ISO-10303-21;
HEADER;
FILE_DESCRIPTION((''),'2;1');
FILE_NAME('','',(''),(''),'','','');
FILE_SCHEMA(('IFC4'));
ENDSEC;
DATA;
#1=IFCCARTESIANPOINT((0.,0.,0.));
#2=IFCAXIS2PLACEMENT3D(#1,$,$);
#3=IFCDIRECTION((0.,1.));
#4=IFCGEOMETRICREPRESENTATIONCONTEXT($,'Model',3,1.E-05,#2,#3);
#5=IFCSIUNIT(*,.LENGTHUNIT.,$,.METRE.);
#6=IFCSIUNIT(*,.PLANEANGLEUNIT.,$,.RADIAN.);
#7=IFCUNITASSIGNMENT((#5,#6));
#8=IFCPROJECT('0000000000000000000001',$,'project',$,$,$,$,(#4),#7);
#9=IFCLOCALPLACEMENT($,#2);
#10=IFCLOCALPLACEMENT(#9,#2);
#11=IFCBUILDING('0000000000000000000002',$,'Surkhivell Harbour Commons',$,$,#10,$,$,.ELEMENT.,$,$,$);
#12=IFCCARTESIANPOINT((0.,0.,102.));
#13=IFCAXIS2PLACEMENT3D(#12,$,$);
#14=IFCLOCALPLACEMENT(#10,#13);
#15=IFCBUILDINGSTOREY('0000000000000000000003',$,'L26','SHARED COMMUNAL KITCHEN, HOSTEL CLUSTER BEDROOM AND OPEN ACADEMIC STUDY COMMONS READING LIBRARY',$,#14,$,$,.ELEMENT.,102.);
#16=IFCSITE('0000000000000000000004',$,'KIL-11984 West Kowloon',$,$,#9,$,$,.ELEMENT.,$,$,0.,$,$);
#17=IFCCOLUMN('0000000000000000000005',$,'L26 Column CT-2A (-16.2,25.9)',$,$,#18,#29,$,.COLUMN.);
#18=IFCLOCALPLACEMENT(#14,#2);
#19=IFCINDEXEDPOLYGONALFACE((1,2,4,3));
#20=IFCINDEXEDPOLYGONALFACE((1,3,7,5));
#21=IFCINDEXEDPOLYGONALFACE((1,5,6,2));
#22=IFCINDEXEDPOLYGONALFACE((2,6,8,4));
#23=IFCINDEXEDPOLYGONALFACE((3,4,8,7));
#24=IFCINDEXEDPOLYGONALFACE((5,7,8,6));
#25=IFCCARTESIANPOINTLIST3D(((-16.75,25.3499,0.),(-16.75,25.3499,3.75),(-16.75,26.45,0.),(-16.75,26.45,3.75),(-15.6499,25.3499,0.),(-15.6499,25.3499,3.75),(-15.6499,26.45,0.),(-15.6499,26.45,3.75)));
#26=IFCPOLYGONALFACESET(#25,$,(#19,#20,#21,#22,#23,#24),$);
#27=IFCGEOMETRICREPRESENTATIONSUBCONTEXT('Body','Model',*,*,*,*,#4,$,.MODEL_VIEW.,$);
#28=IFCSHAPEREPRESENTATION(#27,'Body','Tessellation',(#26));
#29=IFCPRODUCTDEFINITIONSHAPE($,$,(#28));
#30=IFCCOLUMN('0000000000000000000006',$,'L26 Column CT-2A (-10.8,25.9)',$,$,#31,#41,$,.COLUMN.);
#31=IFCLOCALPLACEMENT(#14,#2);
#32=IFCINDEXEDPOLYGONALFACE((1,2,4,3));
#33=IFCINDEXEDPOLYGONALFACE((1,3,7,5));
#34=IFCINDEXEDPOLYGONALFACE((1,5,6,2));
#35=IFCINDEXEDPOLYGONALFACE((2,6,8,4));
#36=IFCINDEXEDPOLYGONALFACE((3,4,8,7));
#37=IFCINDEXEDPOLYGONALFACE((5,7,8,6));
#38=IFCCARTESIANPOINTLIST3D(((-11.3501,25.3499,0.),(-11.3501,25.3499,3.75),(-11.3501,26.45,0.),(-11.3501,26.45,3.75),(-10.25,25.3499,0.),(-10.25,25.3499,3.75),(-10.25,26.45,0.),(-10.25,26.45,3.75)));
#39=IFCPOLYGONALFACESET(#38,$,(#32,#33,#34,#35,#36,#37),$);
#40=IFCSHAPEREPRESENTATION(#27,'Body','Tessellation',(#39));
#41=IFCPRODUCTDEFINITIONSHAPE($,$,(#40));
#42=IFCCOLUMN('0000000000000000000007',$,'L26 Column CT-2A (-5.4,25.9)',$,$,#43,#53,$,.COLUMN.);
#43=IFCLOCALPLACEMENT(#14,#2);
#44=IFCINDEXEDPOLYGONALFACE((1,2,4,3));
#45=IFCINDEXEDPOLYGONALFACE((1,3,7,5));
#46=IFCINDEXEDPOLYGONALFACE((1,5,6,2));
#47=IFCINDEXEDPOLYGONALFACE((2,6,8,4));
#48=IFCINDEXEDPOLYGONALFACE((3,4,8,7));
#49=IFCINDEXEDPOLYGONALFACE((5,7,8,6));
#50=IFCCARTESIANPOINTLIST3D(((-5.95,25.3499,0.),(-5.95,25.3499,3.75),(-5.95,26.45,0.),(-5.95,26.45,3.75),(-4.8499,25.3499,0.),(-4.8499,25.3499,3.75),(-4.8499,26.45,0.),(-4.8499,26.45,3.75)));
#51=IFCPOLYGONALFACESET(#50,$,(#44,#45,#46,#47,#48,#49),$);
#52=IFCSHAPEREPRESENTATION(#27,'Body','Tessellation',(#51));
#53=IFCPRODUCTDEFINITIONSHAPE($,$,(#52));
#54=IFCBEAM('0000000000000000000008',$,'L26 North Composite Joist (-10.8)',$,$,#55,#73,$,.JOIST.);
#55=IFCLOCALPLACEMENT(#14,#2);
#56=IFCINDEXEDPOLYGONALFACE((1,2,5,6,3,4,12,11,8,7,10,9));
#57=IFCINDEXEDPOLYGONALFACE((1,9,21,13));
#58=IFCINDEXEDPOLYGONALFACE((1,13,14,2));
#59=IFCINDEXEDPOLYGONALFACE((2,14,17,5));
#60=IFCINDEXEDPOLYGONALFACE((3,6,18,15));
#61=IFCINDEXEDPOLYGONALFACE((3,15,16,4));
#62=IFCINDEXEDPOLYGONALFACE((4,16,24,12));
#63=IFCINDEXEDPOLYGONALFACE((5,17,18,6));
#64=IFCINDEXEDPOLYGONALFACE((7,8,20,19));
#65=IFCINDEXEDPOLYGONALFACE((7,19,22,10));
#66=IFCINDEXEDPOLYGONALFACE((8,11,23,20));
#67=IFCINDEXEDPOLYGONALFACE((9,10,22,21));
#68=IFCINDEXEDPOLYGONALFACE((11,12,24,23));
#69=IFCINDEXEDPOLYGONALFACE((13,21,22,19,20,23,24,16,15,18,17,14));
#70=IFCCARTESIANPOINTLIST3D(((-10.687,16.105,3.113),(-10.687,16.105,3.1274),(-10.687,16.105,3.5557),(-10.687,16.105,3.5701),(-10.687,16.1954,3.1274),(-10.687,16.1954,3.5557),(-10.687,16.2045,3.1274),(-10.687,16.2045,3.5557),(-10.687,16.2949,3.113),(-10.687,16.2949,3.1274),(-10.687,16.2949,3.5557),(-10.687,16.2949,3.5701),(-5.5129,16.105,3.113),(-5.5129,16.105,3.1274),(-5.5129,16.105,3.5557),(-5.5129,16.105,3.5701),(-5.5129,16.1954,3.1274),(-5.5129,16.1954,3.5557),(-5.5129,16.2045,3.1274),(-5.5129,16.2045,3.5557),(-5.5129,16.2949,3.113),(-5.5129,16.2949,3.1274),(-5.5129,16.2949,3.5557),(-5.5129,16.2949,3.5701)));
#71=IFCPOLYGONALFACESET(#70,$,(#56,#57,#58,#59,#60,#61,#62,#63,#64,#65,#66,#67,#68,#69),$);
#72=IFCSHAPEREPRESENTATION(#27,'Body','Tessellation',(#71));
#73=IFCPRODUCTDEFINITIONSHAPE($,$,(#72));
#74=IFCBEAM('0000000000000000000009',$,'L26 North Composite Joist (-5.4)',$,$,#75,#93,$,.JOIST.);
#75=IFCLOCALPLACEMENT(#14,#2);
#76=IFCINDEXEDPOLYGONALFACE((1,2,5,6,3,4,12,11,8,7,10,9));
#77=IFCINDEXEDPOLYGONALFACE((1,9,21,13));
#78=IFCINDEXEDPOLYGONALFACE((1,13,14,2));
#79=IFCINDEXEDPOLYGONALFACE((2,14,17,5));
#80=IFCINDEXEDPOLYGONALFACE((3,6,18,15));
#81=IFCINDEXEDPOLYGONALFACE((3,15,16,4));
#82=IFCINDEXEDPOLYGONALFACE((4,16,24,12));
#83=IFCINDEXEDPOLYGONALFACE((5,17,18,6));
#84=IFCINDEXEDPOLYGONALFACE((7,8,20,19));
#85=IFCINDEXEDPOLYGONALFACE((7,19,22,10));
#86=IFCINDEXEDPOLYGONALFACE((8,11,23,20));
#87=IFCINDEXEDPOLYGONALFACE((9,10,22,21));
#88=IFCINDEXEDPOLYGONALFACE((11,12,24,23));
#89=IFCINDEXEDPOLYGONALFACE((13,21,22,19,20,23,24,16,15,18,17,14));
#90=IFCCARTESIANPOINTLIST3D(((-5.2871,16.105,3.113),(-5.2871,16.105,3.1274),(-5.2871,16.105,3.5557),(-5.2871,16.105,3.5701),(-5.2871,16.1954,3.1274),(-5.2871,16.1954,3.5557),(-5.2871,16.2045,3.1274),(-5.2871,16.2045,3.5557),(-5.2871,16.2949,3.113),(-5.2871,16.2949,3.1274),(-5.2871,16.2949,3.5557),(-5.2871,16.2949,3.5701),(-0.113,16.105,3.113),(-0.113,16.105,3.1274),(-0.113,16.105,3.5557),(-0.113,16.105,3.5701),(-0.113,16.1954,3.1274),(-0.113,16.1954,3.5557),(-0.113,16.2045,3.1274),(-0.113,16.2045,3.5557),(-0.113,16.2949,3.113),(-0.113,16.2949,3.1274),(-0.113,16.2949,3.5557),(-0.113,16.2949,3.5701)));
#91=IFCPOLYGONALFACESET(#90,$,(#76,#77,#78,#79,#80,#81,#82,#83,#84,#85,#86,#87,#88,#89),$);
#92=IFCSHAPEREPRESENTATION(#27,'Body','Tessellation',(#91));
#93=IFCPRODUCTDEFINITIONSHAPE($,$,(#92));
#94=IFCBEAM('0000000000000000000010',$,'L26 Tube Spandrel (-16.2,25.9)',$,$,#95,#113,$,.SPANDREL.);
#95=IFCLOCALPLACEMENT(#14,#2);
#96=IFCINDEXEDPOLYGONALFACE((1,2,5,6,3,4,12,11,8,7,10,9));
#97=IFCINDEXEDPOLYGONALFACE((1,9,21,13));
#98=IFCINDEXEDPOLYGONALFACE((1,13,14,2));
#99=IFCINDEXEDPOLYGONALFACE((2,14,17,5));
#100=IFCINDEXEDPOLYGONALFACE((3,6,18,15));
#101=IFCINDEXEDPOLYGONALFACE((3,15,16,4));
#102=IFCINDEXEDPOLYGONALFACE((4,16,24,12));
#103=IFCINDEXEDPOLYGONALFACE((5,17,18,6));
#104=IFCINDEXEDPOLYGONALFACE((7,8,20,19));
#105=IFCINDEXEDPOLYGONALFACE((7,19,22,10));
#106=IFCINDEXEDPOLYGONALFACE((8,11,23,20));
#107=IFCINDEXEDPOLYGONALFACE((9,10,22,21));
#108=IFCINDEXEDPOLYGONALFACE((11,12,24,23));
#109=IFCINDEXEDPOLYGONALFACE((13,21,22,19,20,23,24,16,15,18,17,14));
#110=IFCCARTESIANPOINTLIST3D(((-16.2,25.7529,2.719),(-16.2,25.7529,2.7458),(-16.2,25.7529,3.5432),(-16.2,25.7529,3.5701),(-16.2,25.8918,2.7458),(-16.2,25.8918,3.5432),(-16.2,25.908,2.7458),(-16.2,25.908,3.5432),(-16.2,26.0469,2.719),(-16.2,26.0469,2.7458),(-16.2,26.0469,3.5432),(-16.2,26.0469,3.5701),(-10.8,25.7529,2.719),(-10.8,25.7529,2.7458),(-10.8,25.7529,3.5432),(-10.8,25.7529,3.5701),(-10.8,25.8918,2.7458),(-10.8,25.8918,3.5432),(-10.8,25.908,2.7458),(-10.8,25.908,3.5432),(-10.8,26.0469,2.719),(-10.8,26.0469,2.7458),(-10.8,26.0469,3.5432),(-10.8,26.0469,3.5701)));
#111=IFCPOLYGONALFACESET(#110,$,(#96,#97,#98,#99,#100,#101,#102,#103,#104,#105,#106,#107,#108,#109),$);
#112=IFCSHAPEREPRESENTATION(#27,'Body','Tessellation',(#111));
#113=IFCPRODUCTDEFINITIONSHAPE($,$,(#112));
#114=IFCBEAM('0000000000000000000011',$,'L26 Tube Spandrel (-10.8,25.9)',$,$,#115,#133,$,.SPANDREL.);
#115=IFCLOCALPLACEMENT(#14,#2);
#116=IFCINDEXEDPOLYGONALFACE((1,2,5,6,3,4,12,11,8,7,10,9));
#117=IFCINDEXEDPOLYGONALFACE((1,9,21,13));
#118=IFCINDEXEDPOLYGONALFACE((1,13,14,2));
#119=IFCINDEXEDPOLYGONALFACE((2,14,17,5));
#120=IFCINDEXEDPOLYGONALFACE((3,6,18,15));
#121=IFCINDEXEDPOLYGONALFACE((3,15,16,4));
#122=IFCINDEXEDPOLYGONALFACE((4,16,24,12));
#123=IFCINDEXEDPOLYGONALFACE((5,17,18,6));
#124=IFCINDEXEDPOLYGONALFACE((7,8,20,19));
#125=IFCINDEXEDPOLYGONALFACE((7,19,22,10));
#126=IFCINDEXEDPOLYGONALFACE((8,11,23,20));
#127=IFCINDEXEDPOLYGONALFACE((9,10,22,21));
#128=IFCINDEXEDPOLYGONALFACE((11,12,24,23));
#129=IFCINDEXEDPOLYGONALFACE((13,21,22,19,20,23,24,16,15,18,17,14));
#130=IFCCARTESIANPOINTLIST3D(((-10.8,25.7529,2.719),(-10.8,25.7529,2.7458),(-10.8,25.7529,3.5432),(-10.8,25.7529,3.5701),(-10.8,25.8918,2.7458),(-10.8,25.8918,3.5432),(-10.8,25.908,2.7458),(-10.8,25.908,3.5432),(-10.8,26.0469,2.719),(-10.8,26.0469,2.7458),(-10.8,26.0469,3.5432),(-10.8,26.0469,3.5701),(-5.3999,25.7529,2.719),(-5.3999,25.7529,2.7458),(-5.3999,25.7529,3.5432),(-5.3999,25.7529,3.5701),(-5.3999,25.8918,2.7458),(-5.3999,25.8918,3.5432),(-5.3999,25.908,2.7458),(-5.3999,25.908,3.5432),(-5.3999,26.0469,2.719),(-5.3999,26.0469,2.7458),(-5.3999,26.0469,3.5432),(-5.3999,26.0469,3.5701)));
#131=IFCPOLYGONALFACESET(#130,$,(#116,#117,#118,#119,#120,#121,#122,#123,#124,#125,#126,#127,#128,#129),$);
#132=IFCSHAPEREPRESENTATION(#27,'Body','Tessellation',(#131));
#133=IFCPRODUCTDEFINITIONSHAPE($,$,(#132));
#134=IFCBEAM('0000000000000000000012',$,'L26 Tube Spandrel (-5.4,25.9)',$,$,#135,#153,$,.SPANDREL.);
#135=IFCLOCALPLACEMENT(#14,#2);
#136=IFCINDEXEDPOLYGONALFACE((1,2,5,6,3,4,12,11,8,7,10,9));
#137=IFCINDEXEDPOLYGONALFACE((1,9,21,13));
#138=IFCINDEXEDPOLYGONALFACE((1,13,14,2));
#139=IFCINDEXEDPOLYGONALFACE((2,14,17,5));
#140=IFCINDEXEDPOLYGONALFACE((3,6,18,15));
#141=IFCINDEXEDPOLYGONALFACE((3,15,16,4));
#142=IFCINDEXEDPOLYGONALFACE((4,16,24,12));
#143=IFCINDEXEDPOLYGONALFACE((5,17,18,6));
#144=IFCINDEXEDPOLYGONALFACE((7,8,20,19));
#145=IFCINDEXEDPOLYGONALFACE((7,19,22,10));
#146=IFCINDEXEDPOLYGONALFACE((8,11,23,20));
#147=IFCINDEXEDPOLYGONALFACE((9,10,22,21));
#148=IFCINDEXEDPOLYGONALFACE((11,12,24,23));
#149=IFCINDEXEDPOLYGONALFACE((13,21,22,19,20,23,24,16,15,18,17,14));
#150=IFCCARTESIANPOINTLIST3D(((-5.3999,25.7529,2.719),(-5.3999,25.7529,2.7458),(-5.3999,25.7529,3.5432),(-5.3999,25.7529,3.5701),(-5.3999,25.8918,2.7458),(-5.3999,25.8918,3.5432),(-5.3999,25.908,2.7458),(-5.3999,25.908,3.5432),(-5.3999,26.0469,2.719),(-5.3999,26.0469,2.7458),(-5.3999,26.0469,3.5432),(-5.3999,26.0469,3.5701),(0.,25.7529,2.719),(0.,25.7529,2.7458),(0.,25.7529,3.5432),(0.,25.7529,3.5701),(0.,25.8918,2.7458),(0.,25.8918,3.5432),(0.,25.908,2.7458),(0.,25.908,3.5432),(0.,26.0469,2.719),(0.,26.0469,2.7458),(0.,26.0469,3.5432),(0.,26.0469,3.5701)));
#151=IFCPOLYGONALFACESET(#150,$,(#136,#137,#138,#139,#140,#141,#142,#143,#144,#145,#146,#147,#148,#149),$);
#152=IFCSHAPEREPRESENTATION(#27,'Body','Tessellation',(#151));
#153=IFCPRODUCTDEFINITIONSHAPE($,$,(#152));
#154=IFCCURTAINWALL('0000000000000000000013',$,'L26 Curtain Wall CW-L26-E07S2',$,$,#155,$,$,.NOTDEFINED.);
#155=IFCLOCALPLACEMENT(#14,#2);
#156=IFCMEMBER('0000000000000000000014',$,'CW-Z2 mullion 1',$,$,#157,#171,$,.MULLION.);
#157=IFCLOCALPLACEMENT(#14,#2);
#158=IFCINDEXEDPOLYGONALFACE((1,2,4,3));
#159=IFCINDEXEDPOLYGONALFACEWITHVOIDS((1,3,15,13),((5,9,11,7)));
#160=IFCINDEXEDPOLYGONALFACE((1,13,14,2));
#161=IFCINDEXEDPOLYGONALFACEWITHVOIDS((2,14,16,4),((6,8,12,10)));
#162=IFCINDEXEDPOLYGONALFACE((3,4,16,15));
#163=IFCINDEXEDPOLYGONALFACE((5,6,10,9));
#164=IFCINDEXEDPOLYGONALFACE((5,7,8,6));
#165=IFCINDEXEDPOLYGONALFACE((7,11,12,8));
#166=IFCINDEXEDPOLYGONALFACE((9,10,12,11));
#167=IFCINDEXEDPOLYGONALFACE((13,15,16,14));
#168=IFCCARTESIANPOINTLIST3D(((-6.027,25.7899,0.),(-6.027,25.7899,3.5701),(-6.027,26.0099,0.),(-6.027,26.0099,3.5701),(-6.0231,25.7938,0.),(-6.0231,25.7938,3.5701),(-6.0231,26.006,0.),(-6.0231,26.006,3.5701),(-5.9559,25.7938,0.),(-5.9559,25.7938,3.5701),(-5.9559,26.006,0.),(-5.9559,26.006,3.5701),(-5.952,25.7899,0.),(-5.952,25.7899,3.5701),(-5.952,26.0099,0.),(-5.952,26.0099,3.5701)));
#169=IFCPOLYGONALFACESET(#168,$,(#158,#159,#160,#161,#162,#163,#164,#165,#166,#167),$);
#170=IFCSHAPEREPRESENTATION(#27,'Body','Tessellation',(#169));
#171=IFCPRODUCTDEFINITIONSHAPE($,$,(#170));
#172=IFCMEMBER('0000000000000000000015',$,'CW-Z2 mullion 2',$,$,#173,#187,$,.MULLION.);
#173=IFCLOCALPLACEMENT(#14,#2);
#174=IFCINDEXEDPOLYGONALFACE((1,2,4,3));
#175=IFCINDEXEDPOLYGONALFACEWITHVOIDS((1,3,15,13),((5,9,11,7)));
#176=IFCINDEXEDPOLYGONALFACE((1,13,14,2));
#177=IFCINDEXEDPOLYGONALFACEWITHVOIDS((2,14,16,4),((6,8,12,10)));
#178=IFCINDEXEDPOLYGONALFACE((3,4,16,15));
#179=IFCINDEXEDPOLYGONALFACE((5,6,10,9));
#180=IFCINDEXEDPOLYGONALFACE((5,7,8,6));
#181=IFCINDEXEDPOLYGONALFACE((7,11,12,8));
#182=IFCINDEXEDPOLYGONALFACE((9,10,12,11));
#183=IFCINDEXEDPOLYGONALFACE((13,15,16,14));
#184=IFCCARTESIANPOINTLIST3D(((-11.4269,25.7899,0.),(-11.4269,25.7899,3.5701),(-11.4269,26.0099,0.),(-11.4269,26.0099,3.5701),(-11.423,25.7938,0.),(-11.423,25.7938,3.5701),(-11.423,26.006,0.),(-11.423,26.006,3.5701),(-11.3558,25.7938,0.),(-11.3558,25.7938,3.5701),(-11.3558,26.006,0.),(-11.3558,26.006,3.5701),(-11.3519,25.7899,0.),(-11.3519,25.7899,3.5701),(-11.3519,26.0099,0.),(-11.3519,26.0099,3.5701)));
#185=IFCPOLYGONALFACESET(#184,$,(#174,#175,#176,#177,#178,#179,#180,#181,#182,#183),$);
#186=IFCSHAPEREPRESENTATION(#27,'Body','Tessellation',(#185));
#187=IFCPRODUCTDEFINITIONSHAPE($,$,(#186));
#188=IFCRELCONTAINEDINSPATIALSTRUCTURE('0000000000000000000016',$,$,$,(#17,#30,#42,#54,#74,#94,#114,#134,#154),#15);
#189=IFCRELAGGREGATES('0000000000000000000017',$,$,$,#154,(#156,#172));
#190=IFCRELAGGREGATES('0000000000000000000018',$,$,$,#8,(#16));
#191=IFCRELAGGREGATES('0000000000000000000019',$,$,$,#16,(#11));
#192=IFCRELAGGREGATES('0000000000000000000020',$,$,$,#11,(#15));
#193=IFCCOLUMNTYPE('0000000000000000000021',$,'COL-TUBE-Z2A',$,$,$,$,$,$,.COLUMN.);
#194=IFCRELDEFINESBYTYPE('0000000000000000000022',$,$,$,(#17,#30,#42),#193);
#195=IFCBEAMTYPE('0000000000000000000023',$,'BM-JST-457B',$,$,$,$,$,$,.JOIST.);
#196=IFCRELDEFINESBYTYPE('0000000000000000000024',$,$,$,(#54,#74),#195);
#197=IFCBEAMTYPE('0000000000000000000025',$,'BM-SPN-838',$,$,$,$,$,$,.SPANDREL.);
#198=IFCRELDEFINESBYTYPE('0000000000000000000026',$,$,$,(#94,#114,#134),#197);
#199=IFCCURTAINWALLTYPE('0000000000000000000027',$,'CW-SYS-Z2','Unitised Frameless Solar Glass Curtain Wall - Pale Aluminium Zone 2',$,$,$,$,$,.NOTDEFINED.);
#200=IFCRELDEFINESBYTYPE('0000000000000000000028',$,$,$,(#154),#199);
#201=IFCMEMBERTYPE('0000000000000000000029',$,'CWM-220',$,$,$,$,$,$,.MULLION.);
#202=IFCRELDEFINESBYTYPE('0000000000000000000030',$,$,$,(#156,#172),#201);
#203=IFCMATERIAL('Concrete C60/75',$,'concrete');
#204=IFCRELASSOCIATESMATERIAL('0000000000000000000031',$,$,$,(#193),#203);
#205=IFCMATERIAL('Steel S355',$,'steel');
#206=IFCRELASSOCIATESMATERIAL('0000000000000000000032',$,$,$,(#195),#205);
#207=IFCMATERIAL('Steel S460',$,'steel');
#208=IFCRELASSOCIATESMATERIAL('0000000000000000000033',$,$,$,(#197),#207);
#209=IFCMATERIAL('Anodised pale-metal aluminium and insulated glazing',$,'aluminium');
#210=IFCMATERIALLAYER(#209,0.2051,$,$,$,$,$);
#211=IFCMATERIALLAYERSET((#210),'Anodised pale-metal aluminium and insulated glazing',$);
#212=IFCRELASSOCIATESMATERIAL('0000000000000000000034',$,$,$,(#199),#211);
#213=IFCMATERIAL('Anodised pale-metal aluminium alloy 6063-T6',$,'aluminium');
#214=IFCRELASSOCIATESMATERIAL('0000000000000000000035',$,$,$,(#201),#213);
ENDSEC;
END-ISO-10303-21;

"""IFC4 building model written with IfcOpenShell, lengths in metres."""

from ifc_helpers import new_model, si_unit, direction, frame, origin, origin_2d, place, context, subcontext, project, spatial, rectangle, hollow_rectangle, i_section, extrude, material, layer, layer_set, material_profile, profile_set, type_object, element, aggregate, save


model = new_model("IFC4")

# Units and contexts
model_context = context("Model", 3, precision=1e-05, world=origin(), true_north=direction((0.0, 1.0)))
body_context = subcontext(model_context, "Body", "Model", "MODEL_VIEW")
ifc_project = project(units=[si_unit("LENGTHUNIT", "METRE"), si_unit("PLANEANGLEUNIT", "RADIAN")], contexts=[model_context])

# Site, building, storey
site_placement = place(None, origin())
site = spatial("IfcSite", under=ifc_project, at=site_placement, Name="KIL-11984 West Kowloon", CompositionType="ELEMENT", RefElevation=0.0)
building_placement = place(site_placement, origin())
building = spatial("IfcBuilding", under=site, at=building_placement, Name="Surkhivell Harbour Commons", CompositionType="ELEMENT")
storey_placement = place(building_placement, frame((0.0, 0.0, 102.0)))
storey = spatial("IfcBuildingStorey", under=building, at=storey_placement, Name="L26", Description="SHARED COMMUNAL KITCHEN, HOSTEL CLUSTER BEDROOM AND OPEN ACADEMIC STUDY COMMONS READING LIBRARY", CompositionType="ELEMENT", Elevation=102.0)

# Columns
ifc_material_1 = material(Name="Concrete C60/75", Category="concrete")
ifc_material_profile_1 = material_profile(ifc_material_1, rectangle(XDim=1.1001, YDim=1.1001, at=origin_2d()), Name="RC-COL-1100x1100")
ifc_profile_set_1 = profile_set([ifc_material_profile_1], Name="Concrete C60/75")
column_type = type_object("IfcColumnType", Name="COL-TUBE-Z2A", PredefinedType="COLUMN", material=ifc_profile_set_1)
for number, where, z_axis, x_axis, name in (
    (1, (-16.2, 25.8999, 0.0), (0.0, 0.0, 1.0), (1.0, 0.0, 0.0), "L26 Column CT-2A (-16.2,25.9)"),
    (2, (-10.8, 25.8999, 0.0), (0.0, 0.0, 1.0), (1.0, 0.0, 0.0), "L26 Column CT-2A (-10.8,25.9)"),
    (3, (-5.3999, 25.8999, 0.0), (0.0, 0.0, 1.0), (1.0, 0.0, 0.0), "L26 Column CT-2A (-5.4,25.9)"),
):
    element("IfcColumn", number, at=place(storey_placement, frame(where, z_axis=z_axis, x_axis=x_axis)), inside=storey, type_object=column_type, Name=name, PredefinedType="COLUMN", context=body_context, shape_type="SweptSolid", body=[
        extrude(rectangle(XDim=1.1001, YDim=1.1001, at=origin_2d()), origin(), (0.0, 0.0, 1.0), 3.75),
    ])

# Beams
ifc_material_2 = material(Name="Steel S355", Category="steel")
ifc_material_profile_2 = material_profile(ifc_material_2, i_section(OverallWidth=0.1899, OverallDepth=0.457, WebThickness=0.009, FlangeThickness=0.0144, at=origin_2d()), Name="UB457x191x74")
ifc_profile_set_2 = profile_set([ifc_material_profile_2], Name="Steel S355")
beam_type_1 = type_object("IfcBeamType", Name="BM-JST-457B", PredefinedType="JOIST", material=ifc_profile_set_2)
for number, where, z_axis, x_axis, name in (
    (4, (-10.687, 16.2, 3.3416), (1.0, 0.0, 0.0), (0.0, 1.0, 0.0), "L26 North Composite Joist (-10.8)"),
    (5, (-5.2871, 16.2, 3.3416), (1.0, 0.0, 0.0), (0.0, 1.0, 0.0), "L26 North Composite Joist (-5.4)"),
):
    element("IfcBeam", number, at=place(storey_placement, frame(where, z_axis=z_axis, x_axis=x_axis)), inside=storey, type_object=beam_type_1, Name=name, PredefinedType="JOIST", context=body_context, shape_type="SweptSolid", body=[
        extrude(i_section(OverallWidth=0.1899, OverallDepth=0.457, WebThickness=0.009, FlangeThickness=0.0144, at=origin_2d()), origin(), (0.0, 0.0, 1.0), 5.1741),
    ])
ifc_material_3 = material(Name="Steel S460", Category="steel")
ifc_material_profile_3 = material_profile(ifc_material_3, i_section(OverallWidth=0.2939, OverallDepth=0.8511, WebThickness=0.0161, FlangeThickness=0.0269, at=origin_2d()), Name="UB838x292x226")
ifc_profile_set_3 = profile_set([ifc_material_profile_3], Name="Steel S460")
beam_type_2 = type_object("IfcBeamType", Name="BM-SPN-838", PredefinedType="SPANDREL", material=ifc_profile_set_3)
beam_1_placement = place(storey_placement, frame((-16.2, 25.8999, 3.1445), z_axis=(1.0, 0.0, 0.0), x_axis=(0.0, 1.0, 0.0)))
element("IfcBeam", 6, at=beam_1_placement, inside=storey, type_object=beam_type_2, Name="L26 Tube Spandrel (-16.2,25.9)", PredefinedType="SPANDREL", context=body_context, shape_type="SweptSolid", body=[
    extrude(i_section(OverallWidth=0.2939, OverallDepth=0.8511, WebThickness=0.0161, FlangeThickness=0.0269, at=origin_2d()), origin(), (0.0, 0.0, 1.0), 5.3999),
])
beam_2_placement = place(storey_placement, frame((-10.8, 25.8999, 3.1445), z_axis=(1.0, 0.0, 0.0), x_axis=(0.0, 1.0, 0.0)))
element("IfcBeam", 7, at=beam_2_placement, inside=storey, type_object=beam_type_2, Name="L26 Tube Spandrel (-10.8,25.9)", PredefinedType="SPANDREL", context=body_context, shape_type="SweptSolid", body=[
    extrude(i_section(OverallWidth=0.2939, OverallDepth=0.8511, WebThickness=0.0161, FlangeThickness=0.0269, at=origin_2d()), origin(), (0.0, 0.0, 1.0), 5.4001),
])
beam_3_placement = place(storey_placement, frame((-5.3999, 25.8999, 3.1445), z_axis=(1.0, 0.0, 0.0), x_axis=(0.0, 1.0, 0.0)))
element("IfcBeam", 8, at=beam_3_placement, inside=storey, type_object=beam_type_2, Name="L26 Tube Spandrel (-5.4,25.9)", PredefinedType="SPANDREL", context=body_context, shape_type="SweptSolid", body=[
    extrude(i_section(OverallWidth=0.2939, OverallDepth=0.8511, WebThickness=0.0161, FlangeThickness=0.0269, at=origin_2d()), origin(), (0.0, 0.0, 1.0), 5.3999),
])

# Curtain wall, members
ifc_material_4 = material(Name="Anodised pale-metal aluminium and insulated glazing", Category="aluminium")
ifc_layer_1 = layer(ifc_material_4, 0.2051)
ifc_layer_set_1 = layer_set([ifc_layer_1], Name="Anodised pale-metal aluminium and insulated glazing")
curtain_wall_type = type_object("IfcCurtainWallType", Name="CW-SYS-Z2", Description="Unitised Frameless Solar Glass Curtain Wall - Pale Aluminium Zone 2", PredefinedType="NOTDEFINED", material=ifc_layer_set_1)
curtain_wall_placement = place(storey_placement, origin())
curtain_wall = element("IfcCurtainWall", 9, at=curtain_wall_placement, inside=storey, type_object=curtain_wall_type, Name="L26 Curtain Wall CW-L26-E07S2", PredefinedType="NOTDEFINED")
ifc_material_5 = material(Name="Anodised pale-metal aluminium alloy 6063-T6", Category="aluminium")
ifc_material_profile_4 = material_profile(ifc_material_5, hollow_rectangle(XDim=0.075, YDim=0.22, WallThickness=0.0039, at=origin_2d()), Name="ALU-MULL-75x220")
ifc_profile_set_4 = profile_set([ifc_material_profile_4], Name="Anodised pale-metal aluminium alloy 6063-T6")
member_type_1 = type_object("IfcMemberType", Name="CWM-220", PredefinedType="MULLION", material=ifc_profile_set_4)
member_1_placement = place(storey_placement, frame((-5.9895, 25.8999, 0.0), z_axis=(0.0, 0.0, 1.0), x_axis=(-1.0, 0.0, 0.0)))
member_1 = element("IfcMember", 10, at=member_1_placement, type_object=member_type_1, Name="CW-Z2 mullion 1", PredefinedType="MULLION", context=body_context, shape_type="SweptSolid", body=[
    extrude(hollow_rectangle(XDim=0.075, YDim=0.22, WallThickness=0.0039, at=origin_2d()), origin(), (0.0, 0.0, 1.0), 3.5701),
])
member_2_placement = place(storey_placement, frame((-11.3894, 25.8999, 0.0), z_axis=(0.0, 0.0, 1.0), x_axis=(-1.0, 0.0, 0.0)))
member_2 = element("IfcMember", 11, at=member_2_placement, type_object=member_type_1, Name="CW-Z2 mullion 2", PredefinedType="MULLION", context=body_context, shape_type="SweptSolid", body=[
    extrude(hollow_rectangle(XDim=0.075, YDim=0.22, WallThickness=0.0039, at=origin_2d()), origin(), (0.0, 0.0, 1.0), 3.5701),
])

aggregate(curtain_wall, [member_1, member_2])

save(model, "model.ifc")
